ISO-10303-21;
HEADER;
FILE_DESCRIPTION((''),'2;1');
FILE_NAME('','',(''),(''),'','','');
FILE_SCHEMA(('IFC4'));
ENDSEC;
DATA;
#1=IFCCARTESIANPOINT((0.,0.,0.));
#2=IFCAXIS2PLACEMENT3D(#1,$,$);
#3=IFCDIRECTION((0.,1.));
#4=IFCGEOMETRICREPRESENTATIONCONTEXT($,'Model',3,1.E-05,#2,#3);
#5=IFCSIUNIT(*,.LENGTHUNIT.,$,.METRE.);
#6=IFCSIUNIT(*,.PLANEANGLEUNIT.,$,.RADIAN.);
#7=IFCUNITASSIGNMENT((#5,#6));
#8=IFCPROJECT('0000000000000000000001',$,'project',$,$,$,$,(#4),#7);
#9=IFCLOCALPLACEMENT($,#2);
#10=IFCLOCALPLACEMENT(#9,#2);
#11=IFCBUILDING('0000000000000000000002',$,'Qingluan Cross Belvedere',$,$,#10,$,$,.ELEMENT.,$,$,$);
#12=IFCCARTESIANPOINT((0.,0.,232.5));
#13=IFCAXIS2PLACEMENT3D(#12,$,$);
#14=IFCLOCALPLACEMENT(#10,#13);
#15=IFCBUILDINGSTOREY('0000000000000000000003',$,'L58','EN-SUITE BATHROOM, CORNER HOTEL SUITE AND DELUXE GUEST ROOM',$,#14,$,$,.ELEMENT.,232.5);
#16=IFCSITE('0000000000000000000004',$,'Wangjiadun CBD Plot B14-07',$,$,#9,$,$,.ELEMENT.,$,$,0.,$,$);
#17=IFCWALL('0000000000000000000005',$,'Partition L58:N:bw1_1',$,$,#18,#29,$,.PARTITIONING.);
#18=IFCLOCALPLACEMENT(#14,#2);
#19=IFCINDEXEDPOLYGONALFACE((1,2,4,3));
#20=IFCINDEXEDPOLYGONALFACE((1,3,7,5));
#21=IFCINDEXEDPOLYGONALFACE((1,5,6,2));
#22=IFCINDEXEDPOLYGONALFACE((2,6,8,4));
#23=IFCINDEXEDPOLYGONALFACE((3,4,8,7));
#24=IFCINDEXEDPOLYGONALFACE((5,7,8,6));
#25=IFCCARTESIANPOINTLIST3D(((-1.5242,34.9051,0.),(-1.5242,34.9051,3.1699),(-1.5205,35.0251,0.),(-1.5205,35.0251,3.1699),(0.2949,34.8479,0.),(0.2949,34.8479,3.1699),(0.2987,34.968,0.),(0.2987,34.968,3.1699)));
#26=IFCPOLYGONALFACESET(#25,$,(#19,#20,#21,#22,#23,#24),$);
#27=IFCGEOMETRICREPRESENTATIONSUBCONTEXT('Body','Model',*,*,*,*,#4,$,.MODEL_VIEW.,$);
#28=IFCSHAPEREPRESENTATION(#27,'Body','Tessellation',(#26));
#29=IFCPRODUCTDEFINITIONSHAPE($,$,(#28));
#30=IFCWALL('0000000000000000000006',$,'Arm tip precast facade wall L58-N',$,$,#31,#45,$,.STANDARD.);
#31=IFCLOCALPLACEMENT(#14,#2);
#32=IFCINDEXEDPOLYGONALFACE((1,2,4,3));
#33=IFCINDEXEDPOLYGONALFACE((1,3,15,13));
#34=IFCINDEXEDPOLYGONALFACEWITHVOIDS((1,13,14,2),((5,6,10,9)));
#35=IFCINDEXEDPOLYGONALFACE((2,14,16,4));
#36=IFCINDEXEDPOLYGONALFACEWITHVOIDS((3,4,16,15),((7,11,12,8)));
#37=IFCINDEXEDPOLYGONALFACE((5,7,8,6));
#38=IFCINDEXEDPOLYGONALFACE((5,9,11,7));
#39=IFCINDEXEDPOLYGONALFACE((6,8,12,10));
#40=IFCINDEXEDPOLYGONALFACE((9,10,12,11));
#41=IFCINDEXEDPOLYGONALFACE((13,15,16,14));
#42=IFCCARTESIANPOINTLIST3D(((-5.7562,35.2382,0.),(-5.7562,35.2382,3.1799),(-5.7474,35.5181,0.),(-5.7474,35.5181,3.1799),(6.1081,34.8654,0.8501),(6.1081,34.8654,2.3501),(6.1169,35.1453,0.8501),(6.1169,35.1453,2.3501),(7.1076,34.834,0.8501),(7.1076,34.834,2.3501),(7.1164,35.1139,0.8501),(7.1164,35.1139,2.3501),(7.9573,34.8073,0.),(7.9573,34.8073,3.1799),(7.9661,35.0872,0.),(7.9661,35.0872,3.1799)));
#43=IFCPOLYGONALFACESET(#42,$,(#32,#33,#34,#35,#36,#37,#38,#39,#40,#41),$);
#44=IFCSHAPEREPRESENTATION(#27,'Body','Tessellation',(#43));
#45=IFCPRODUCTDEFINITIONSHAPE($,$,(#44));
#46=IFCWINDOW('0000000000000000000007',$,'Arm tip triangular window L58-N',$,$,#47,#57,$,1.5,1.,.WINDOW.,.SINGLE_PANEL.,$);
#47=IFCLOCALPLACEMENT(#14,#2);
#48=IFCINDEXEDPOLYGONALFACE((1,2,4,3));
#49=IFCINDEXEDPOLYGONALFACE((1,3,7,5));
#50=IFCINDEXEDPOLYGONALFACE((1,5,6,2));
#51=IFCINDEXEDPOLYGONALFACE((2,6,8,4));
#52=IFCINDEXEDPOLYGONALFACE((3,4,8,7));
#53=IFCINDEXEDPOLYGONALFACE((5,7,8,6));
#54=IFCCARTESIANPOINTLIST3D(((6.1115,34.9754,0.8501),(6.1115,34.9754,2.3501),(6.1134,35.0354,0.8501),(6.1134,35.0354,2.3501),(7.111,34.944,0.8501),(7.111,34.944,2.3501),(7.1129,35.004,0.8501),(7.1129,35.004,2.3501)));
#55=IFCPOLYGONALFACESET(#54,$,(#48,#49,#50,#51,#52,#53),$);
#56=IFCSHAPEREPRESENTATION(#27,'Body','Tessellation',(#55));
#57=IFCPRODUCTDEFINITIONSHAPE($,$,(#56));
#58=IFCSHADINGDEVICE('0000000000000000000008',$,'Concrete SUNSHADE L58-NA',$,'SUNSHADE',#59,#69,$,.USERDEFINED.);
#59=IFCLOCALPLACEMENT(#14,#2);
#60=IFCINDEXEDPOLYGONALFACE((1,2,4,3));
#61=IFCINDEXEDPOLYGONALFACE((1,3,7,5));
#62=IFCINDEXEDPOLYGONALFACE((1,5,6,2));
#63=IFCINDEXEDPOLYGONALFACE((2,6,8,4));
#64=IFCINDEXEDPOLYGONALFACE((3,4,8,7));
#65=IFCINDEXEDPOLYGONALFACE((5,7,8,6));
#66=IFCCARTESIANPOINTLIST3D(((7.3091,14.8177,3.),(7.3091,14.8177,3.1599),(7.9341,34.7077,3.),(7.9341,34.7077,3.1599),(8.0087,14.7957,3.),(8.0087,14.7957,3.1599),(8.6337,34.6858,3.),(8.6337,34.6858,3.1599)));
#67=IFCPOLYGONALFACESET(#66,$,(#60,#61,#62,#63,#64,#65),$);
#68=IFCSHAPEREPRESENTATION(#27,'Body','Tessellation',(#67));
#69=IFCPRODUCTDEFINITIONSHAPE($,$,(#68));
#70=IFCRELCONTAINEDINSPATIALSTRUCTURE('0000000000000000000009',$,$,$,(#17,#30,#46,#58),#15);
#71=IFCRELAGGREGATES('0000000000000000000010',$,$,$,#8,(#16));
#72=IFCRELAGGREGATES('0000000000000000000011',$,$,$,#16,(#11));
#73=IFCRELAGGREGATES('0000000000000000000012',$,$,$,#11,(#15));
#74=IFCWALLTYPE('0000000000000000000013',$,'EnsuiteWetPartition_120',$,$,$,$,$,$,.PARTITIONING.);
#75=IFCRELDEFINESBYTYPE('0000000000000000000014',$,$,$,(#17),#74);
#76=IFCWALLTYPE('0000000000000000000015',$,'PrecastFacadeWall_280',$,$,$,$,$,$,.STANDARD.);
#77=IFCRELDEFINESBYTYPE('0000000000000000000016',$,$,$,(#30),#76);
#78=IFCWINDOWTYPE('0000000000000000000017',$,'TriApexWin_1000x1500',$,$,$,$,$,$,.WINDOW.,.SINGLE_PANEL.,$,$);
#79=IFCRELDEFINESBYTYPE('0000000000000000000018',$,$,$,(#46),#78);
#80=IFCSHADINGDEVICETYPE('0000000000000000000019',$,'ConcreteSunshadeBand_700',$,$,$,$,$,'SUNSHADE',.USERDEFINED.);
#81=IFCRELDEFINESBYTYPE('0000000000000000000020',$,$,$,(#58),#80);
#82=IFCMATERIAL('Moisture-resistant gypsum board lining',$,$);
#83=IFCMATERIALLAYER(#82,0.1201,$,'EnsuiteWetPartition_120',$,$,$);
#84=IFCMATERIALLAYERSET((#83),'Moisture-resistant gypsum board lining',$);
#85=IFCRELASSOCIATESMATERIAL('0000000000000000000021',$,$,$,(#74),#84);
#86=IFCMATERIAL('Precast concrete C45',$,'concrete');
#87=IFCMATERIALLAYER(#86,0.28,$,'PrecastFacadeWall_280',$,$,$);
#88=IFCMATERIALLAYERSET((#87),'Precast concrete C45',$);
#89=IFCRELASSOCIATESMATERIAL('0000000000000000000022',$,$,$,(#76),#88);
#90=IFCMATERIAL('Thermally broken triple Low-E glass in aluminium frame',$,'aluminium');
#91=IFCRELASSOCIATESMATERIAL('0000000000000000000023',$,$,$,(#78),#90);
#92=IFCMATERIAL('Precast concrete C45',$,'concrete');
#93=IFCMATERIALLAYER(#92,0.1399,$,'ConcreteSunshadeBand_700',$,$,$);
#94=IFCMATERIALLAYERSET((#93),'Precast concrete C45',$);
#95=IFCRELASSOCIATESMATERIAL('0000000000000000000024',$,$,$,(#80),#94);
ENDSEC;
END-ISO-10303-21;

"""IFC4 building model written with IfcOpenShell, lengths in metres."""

from ifc_helpers import new_model, si_unit, direction, frame, frame_2d, origin, origin_2d, place, context, subcontext, project, spatial, rectangle, extrude, material, layer, layer_set, type_object, element, fill, save


model = new_model("IFC4")

# Units and contexts
model_context = context("Model", 3, precision=1e-05, world=origin(), true_north=direction((0.0, 1.0)))
body_context = subcontext(model_context, "Body", "Model", "MODEL_VIEW")
ifc_project = project(units=[si_unit("LENGTHUNIT", "METRE"), si_unit("PLANEANGLEUNIT", "RADIAN")], contexts=[model_context])

# Site, building, storey
site_placement = place(None, origin())
site = spatial("IfcSite", under=ifc_project, at=site_placement, Name="Wangjiadun CBD Plot B14-07", CompositionType="ELEMENT", RefElevation=0.0)
building_placement = place(site_placement, origin())
building = spatial("IfcBuilding", under=site, at=building_placement, Name="Qingluan Cross Belvedere", CompositionType="ELEMENT")
storey_placement = place(building_placement, frame((0.0, 0.0, 232.5)))
storey = spatial("IfcBuildingStorey", under=building, at=storey_placement, Name="L58", Description="EN-SUITE BATHROOM, CORNER HOTEL SUITE AND DELUXE GUEST ROOM", CompositionType="ELEMENT", Elevation=232.5)

# Shared definitions
ifc_material_1 = material(Name="Moisture-resistant gypsum board lining")
ifc_layer_1 = layer(ifc_material_1, 0.1201, Name="EnsuiteWetPartition_120")
ifc_layer_set_1 = layer_set([ifc_layer_1], Name="Moisture-resistant gypsum board lining")
wall_type_1 = type_object("IfcWallType", Name="EnsuiteWetPartition_120", PredefinedType="PARTITIONING", material=ifc_layer_set_1)

# Wall
wall_1_placement = place(storey_placement, frame((-1.5225, 34.9651, 0.0), z_axis=(0.0, 0.0, 1.0), x_axis=(0.999507, -0.03139, 0.0)))
element("IfcWall", 1, at=wall_1_placement, inside=storey, type_object=wall_type_1, Name="Partition L58:N:bw1_1", PredefinedType="PARTITIONING", context=body_context, shape_type="SweptSolid", body=[
    extrude(rectangle(XDim=1.8201, YDim=0.1201, at=frame_2d((0.9102, 0.0))), origin(), (0.0, 0.0, 1.0), 3.1699),
])

# Wall, opening, window
ifc_material_2 = material(Name="Precast concrete C45", Category="concrete")
ifc_layer_2 = layer(ifc_material_2, 0.28, Name="PrecastFacadeWall_280")
ifc_layer_set_2 = layer_set([ifc_layer_2], Name="Precast concrete C45")
wall_type_2 = type_object("IfcWallType", Name="PrecastFacadeWall_280", PredefinedType="STANDARD", material=ifc_layer_set_2)
wall_2_placement = place(storey_placement, frame((7.9617, 34.9473, 0.0), z_axis=(0.0, 0.0, 1.0), x_axis=(-0.999507, 0.031407, 0.0)))
wall_2 = element("IfcWall", 2, at=wall_2_placement, inside=storey, type_object=wall_type_2, Name="Arm tip precast facade wall L58-N", PredefinedType="STANDARD", context=body_context, shape_type="SweptSolid", body=[
    extrude(rectangle(XDim=13.7202, YDim=0.28, at=frame_2d((6.8601, 0.0))), origin(), (0.0, 0.0, 1.0), 3.1799),
])
opening_1_placement = place(wall_2_placement, frame((0.8501, 0.0, 0.8501)))
opening_1 = element("IfcOpeningElement", 3, at=opening_1_placement, cuts=wall_2, PredefinedType="OPENING", context=body_context, shape_type="SweptSolid", body=[
    extrude(rectangle(XDim=1.0, YDim=1.5, at=frame_2d((0.5, 0.75))), frame((0.0, 0.1499, 0.0), z_axis=(0.0, -1.0, 0.0), x_axis=(1.0, 0.0, 0.0)), (0.0, 0.0, 1.0), 0.3),
])
ifc_material_3 = material(Name="Thermally broken triple Low-E glass in aluminium frame", Category="aluminium")
window_type = type_object("IfcWindowType", Name="TriApexWin_1000x1500", PartitioningType="SINGLE_PANEL", PredefinedType="WINDOW", material=ifc_material_3)
window_placement = place(opening_1_placement, origin())
window = element("IfcWindow", 4, at=window_placement, inside=storey, type_object=window_type, Name="Arm tip triangular window L58-N", OverallHeight=1.5, OverallWidth=1.0, PartitioningType="SINGLE_PANEL", PredefinedType="WINDOW", context=body_context, shape_type="SweptSolid", body=[
    extrude(rectangle(XDim=1.0, YDim=1.5, at=frame_2d((0.5, 0.75))), frame((0.0, 0.03, 0.0), z_axis=(0.0, -1.0, 0.0), x_axis=(1.0, 0.0, 0.0)), (0.0, 0.0, 1.0), 0.0601),
])
fill(opening_1, window)

# Shading device
ifc_material_4 = material(Name="Precast concrete C45", Category="concrete")
ifc_layer_3 = layer(ifc_material_4, 0.1399, Name="ConcreteSunshadeBand_700")
ifc_layer_set_3 = layer_set([ifc_layer_3], Name="Precast concrete C45")
shading_device_type = type_object("IfcShadingDeviceType", Name="ConcreteSunshadeBand_700", ElementType="SUNSHADE", PredefinedType="USERDEFINED", material=ifc_layer_set_3)
shading_device_placement = place(storey_placement, frame((7.9714, 24.7517, 3.0), z_axis=(0.0, 0.0, 1.0), x_axis=(0.031408, 0.999507, 0.0)))
element("IfcShadingDevice", 5, at=shading_device_placement, inside=storey, type_object=shading_device_type, Name="Concrete SUNSHADE L58-NA", ObjectType="SUNSHADE", PredefinedType="USERDEFINED", context=body_context, shape_type="SweptSolid", body=[
    extrude(rectangle(XDim=19.8999, YDim=0.7, at=origin_2d()), origin(), (0.0, 0.0, 1.0), 0.1599),
])

save(model, "model.ifc")
